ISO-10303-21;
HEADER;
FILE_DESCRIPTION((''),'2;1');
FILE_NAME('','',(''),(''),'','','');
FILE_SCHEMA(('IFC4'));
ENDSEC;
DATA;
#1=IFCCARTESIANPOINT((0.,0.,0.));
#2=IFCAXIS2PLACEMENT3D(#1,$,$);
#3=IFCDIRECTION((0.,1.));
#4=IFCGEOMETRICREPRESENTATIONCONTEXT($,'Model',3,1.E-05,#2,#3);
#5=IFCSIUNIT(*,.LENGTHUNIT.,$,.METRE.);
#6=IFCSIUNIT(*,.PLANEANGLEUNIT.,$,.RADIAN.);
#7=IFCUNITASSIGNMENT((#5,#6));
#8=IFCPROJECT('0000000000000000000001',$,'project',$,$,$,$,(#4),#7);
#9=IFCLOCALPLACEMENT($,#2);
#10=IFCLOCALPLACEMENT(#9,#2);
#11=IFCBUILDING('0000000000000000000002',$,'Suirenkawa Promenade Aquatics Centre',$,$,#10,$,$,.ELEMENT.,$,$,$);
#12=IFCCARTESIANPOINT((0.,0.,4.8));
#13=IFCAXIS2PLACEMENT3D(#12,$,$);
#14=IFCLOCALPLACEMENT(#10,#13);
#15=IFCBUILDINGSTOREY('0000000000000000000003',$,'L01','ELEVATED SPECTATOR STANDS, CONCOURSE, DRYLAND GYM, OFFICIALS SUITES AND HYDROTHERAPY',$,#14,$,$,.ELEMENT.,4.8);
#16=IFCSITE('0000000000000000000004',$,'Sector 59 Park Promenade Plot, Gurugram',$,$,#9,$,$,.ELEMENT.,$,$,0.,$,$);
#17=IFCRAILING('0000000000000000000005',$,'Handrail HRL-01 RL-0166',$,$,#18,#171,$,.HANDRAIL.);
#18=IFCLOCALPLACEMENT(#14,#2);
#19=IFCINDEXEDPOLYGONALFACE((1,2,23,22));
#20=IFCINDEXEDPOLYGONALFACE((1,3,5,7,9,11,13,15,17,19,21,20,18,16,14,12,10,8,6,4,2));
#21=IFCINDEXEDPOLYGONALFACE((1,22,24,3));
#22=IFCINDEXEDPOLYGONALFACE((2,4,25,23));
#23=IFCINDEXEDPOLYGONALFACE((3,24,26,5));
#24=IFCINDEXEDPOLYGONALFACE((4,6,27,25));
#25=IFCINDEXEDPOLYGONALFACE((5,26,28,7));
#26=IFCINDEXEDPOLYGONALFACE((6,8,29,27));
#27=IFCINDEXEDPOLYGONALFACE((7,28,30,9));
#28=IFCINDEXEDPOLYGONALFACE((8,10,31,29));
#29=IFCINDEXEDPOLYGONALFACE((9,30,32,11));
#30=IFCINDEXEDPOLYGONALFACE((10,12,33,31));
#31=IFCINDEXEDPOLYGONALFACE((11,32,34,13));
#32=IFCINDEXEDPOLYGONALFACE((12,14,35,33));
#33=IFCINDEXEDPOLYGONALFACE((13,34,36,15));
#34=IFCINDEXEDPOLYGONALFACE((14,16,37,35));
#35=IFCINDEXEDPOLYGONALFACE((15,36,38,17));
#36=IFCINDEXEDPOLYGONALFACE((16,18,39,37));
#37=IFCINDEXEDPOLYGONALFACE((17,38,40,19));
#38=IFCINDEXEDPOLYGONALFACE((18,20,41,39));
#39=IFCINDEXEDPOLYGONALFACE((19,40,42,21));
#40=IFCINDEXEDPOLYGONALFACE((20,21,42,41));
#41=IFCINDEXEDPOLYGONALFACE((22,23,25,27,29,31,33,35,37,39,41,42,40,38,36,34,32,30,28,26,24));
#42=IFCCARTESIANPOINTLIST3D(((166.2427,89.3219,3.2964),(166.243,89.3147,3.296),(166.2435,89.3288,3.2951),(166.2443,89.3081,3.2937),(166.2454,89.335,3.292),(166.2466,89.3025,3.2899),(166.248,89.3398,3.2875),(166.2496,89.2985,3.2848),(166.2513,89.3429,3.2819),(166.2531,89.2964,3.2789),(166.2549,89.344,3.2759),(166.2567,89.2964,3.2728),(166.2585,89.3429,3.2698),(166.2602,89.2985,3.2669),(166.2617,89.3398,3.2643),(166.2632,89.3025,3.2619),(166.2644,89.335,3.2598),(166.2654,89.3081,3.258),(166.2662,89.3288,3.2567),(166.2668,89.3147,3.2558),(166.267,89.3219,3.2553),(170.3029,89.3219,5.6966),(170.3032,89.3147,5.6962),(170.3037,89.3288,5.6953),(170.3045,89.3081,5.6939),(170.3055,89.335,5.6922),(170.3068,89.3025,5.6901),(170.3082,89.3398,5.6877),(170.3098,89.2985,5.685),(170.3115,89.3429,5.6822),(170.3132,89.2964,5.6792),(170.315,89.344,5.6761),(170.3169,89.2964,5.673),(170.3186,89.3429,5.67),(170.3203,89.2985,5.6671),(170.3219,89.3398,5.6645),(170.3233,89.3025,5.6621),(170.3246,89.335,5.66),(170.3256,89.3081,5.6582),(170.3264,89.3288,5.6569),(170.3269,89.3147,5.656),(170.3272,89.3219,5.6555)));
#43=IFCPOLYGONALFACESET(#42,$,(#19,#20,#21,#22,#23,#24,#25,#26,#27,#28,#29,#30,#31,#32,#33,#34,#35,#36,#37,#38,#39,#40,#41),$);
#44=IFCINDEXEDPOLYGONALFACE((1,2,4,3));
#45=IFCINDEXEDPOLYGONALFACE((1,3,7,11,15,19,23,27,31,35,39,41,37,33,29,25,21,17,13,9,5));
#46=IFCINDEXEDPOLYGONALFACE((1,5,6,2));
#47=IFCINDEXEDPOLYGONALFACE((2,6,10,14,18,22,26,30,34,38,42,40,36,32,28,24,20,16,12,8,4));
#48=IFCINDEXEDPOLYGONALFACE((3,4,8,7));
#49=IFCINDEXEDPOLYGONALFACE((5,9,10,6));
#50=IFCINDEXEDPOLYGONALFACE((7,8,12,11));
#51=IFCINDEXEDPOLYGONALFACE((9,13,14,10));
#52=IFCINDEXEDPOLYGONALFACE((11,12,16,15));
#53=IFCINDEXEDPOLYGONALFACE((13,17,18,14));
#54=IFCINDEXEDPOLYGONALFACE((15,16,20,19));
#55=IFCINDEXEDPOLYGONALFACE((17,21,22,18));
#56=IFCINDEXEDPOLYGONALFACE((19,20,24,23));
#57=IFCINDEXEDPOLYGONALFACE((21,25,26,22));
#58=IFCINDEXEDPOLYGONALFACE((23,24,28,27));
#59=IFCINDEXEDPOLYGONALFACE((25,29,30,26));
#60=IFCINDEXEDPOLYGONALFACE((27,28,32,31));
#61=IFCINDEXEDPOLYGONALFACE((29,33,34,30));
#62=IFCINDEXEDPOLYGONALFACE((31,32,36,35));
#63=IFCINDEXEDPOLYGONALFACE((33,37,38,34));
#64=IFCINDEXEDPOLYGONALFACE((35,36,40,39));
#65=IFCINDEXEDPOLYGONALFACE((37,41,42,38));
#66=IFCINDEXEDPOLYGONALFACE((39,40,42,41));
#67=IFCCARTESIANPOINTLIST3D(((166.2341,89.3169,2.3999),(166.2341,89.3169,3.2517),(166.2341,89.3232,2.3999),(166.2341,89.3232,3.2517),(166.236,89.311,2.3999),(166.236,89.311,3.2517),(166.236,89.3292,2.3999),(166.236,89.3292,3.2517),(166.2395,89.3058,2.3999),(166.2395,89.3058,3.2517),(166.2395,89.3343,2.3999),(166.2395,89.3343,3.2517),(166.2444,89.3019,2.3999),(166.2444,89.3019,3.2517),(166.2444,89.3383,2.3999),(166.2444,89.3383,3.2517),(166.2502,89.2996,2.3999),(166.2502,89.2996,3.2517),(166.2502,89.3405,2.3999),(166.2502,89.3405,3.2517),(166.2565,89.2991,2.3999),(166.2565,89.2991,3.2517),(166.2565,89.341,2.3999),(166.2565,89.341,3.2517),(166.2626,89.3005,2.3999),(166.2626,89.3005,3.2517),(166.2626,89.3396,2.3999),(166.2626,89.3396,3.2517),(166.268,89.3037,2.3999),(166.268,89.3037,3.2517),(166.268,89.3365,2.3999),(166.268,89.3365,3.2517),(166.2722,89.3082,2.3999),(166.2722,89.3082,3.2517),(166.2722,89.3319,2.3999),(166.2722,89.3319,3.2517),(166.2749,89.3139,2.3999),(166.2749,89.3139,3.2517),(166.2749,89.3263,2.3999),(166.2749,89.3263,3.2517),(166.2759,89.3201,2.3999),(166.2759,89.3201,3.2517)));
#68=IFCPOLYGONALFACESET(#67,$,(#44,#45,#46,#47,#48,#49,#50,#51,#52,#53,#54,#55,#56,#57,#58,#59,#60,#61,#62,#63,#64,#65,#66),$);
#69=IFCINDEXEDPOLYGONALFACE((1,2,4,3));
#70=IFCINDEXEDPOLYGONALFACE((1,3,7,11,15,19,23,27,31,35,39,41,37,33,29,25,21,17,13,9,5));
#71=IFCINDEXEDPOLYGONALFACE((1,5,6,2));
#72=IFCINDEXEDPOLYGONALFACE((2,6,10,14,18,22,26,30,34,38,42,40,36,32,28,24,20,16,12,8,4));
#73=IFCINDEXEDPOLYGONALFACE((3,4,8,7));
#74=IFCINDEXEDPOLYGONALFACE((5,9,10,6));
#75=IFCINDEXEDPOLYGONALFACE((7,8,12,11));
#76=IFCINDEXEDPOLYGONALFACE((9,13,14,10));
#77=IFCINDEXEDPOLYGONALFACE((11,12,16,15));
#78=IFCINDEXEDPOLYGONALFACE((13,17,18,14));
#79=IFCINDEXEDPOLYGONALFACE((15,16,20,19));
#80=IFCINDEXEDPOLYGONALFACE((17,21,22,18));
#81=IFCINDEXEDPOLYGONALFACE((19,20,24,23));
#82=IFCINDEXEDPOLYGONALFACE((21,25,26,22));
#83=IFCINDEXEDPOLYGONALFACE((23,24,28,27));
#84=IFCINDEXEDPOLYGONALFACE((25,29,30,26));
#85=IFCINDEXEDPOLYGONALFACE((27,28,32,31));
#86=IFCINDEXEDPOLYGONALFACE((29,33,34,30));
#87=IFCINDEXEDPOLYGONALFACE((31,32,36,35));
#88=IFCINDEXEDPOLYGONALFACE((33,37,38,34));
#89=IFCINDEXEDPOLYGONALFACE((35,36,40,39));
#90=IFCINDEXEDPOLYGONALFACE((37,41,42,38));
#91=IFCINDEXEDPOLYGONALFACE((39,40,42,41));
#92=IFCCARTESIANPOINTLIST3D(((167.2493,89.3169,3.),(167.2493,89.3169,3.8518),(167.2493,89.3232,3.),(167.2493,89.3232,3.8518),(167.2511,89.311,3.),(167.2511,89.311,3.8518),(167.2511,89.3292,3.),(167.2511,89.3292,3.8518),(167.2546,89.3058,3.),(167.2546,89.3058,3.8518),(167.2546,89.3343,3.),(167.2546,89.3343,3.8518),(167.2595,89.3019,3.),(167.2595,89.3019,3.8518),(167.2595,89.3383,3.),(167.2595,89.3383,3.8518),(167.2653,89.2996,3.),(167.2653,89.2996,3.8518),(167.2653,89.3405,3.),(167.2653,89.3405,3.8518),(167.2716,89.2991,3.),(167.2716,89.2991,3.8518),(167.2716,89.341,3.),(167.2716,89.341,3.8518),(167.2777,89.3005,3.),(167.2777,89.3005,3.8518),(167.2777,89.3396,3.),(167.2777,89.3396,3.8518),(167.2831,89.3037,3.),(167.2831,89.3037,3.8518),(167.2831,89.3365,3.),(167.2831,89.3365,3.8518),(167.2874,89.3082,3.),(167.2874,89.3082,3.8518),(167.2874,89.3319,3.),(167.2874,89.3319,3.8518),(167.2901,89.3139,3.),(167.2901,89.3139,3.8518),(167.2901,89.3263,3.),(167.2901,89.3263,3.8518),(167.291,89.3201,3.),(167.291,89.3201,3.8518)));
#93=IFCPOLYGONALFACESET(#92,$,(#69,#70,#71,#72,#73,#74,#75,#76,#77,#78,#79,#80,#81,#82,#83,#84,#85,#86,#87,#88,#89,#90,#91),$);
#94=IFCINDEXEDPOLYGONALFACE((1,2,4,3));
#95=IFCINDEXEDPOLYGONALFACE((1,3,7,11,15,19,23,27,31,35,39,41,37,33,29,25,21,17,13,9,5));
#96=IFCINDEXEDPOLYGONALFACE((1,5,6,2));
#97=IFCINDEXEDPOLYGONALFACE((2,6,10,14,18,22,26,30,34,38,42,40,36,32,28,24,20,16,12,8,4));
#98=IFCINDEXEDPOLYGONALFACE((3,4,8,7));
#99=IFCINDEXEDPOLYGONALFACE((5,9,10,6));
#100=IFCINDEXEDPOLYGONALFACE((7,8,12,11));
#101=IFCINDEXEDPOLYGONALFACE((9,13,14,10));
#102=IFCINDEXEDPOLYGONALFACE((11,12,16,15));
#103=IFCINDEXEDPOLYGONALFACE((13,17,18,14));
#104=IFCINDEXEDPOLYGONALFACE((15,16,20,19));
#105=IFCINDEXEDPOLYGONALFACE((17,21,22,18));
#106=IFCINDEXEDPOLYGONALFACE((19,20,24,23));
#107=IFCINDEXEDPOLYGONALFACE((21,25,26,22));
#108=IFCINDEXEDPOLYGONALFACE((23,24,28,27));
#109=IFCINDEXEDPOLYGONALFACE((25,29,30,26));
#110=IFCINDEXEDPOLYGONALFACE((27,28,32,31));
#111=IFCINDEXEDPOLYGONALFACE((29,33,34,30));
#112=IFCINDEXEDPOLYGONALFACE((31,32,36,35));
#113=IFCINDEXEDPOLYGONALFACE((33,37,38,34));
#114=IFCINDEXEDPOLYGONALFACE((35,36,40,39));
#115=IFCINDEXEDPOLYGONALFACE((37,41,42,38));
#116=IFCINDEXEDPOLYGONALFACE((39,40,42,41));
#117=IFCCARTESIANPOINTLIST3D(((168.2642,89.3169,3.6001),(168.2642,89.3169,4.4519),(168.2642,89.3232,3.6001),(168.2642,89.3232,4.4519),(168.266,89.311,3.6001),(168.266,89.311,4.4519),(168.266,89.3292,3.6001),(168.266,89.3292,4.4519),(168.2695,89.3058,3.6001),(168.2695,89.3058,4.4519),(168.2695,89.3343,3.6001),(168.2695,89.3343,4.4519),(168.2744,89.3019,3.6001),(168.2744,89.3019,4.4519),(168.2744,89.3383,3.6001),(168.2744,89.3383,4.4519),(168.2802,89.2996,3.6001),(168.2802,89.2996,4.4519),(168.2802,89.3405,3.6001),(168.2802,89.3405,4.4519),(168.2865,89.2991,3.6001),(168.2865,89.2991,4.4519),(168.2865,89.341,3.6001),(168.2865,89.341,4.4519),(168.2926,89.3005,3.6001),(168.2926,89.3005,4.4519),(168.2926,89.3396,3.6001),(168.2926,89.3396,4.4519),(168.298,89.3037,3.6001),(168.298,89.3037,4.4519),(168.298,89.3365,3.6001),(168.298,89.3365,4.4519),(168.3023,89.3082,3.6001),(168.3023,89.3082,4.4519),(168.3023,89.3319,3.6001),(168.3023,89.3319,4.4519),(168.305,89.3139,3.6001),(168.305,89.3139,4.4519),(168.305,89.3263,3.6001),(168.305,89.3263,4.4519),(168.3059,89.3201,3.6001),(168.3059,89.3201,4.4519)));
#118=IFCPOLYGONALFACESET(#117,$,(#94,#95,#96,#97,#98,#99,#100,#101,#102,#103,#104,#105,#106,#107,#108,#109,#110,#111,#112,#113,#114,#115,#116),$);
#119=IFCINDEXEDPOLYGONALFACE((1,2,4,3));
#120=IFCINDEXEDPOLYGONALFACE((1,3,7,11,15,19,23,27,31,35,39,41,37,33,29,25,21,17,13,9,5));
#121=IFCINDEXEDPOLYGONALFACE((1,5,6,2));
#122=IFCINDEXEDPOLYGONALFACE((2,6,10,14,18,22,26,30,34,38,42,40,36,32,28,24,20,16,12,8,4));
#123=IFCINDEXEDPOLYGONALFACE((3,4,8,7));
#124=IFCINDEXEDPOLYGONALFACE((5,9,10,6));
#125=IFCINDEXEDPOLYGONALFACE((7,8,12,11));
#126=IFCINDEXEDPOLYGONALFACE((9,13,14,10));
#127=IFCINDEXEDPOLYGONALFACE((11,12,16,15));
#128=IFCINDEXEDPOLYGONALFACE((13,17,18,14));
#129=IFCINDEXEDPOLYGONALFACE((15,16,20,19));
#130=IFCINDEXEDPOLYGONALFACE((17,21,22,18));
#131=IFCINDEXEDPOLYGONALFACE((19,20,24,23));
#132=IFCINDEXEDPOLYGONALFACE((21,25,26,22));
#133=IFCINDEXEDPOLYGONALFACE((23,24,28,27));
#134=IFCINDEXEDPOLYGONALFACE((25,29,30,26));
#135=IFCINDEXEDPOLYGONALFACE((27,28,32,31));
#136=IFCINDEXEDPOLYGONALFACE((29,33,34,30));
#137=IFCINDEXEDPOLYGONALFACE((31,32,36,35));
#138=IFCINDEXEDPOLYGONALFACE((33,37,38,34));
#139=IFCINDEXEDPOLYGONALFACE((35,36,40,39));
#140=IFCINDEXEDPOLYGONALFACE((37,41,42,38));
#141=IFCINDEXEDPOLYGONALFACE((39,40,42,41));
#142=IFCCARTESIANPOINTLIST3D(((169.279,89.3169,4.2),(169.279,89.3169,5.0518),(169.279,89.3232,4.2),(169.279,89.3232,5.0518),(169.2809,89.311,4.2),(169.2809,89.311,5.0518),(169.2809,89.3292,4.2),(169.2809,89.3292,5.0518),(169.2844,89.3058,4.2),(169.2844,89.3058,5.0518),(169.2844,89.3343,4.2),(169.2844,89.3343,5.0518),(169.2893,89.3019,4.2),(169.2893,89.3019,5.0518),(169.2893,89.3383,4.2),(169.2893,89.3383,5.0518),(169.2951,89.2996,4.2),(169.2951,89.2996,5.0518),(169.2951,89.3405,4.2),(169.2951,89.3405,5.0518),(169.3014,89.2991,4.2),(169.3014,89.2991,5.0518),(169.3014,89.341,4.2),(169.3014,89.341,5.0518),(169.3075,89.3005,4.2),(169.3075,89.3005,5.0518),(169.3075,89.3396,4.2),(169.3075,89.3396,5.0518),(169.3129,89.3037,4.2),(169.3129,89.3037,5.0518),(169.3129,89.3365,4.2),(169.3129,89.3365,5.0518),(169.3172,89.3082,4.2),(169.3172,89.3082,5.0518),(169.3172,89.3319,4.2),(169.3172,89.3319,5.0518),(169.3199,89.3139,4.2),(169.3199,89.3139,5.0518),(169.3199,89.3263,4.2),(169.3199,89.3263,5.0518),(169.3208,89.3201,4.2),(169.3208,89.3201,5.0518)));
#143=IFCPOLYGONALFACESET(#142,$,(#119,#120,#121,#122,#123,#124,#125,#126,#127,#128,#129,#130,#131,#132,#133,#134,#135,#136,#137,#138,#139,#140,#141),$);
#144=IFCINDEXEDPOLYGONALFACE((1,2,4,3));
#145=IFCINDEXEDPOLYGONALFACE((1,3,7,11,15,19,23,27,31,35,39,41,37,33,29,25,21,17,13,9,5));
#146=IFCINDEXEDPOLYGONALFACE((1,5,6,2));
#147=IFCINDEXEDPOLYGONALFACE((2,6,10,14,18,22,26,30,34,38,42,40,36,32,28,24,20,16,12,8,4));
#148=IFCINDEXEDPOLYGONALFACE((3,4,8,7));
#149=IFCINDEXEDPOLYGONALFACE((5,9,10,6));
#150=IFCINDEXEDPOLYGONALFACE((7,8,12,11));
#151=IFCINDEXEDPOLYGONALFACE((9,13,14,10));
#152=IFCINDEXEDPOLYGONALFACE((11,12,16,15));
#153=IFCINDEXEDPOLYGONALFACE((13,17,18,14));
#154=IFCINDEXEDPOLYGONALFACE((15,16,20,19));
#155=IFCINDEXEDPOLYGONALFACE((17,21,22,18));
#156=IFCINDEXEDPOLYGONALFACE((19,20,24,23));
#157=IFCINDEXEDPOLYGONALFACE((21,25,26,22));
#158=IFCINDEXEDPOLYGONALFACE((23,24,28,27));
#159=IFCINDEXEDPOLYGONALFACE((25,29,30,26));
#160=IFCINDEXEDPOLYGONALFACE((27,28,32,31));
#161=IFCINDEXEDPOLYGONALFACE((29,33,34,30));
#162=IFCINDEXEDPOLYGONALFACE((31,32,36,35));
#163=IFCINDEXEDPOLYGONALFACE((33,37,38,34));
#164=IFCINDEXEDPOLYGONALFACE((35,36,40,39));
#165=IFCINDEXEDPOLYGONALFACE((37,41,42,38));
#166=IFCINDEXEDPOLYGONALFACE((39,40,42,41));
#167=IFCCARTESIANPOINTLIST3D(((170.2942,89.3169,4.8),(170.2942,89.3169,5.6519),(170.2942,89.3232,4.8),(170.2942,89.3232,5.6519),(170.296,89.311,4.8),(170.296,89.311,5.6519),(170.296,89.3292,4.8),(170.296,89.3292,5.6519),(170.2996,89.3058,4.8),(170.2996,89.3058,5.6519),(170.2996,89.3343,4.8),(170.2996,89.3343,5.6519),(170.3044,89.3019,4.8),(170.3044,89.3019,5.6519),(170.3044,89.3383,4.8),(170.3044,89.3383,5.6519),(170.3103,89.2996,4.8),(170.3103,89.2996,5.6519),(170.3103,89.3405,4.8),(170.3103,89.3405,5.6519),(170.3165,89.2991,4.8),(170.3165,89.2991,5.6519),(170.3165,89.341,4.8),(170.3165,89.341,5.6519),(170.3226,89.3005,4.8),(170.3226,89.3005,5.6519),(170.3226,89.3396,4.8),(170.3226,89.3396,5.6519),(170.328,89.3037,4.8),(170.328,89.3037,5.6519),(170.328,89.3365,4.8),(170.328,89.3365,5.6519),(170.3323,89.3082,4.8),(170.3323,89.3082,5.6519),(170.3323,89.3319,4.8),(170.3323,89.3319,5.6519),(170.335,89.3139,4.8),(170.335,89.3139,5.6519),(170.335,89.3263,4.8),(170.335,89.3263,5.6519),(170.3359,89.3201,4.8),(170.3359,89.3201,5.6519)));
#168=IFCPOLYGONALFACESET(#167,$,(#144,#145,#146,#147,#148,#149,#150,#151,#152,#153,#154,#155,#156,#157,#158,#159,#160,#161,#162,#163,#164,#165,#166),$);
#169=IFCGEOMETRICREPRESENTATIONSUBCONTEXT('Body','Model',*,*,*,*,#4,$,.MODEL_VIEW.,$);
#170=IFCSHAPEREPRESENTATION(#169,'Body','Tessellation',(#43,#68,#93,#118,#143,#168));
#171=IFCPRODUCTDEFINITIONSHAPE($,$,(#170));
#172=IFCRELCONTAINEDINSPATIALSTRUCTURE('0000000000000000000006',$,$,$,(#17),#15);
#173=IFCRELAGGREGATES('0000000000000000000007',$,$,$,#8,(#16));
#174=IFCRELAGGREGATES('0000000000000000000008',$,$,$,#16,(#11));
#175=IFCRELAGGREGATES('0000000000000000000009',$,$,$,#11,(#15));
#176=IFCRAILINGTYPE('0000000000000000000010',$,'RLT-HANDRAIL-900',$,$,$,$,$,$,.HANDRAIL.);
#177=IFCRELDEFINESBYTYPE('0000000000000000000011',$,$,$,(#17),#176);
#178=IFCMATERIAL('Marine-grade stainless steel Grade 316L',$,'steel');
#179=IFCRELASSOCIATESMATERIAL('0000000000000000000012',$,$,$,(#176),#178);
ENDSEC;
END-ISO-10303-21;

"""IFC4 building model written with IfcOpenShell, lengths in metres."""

from ifc_helpers import new_model, si_unit, direction, frame, origin, origin_2d, place, context, subcontext, project, spatial, circle, extrude, material, type_object, element, save


model = new_model("IFC4")

# Units and contexts
model_context = context("Model", 3, precision=1e-05, world=origin(), true_north=direction((0.0, 1.0)))
body_context = subcontext(model_context, "Body", "Model", "MODEL_VIEW")
ifc_project = project(units=[si_unit("LENGTHUNIT", "METRE"), si_unit("PLANEANGLEUNIT", "RADIAN")], contexts=[model_context])

# Site, building, storey
site_placement = place(None, origin())
site = spatial("IfcSite", under=ifc_project, at=site_placement, Name="Sector 59 Park Promenade Plot, Gurugram", CompositionType="ELEMENT", RefElevation=0.0)
building_placement = place(site_placement, origin())
building = spatial("IfcBuilding", under=site, at=building_placement, Name="Suirenkawa Promenade Aquatics Centre", CompositionType="ELEMENT")
storey_placement = place(building_placement, frame((0.0, 0.0, 4.8)))
storey = spatial("IfcBuildingStorey", under=building, at=storey_placement, Name="L01", Description="ELEVATED SPECTATOR STANDS, CONCOURSE, DRYLAND GYM, OFFICIALS SUITES AND HYDROTHERAPY", CompositionType="ELEMENT", Elevation=4.8)

# Railing
ifc_material_1 = material(Name="Marine-grade stainless steel Grade 316L", Category="steel")
railing_type_1 = type_object("IfcRailingType", Name="RLT-HANDRAIL-900", PredefinedType="HANDRAIL", material=ifc_material_1)
for number, where, name in (
    (1, (166.2549, 89.3201, 2.3999), "Handrail HRL-01 RL-0166"),
):
    element("IfcRailing", number, at=place(storey_placement, frame(where)), inside=storey, type_object=railing_type_1, Name=name, PredefinedType="HANDRAIL", context=body_context, shape_type="SweptSolid", body=[
        extrude(circle(Radius=0.0239, at=origin_2d()), frame((0.0, 0.0, 0.876), z_axis=(0.860832, 0.0, 0.50889), x_axis=(0.0, 1.0, 0.0)), (0.0, 0.0, 1.0), 4.7166),
        extrude(circle(Radius=0.021, at=origin_2d()), origin(), (0.0, 0.0, 1.0), 0.8518),
        extrude(circle(Radius=0.021, at=origin_2d()), frame((1.0151, 0.0, 0.6001)), (0.0, 0.0, 1.0), 0.8518),
        extrude(circle(Radius=0.021, at=origin_2d()), frame((2.03, 0.0, 1.2002)), (0.0, 0.0, 1.0), 0.8518),
        extrude(circle(Radius=0.021, at=origin_2d()), frame((3.0449, 0.0, 1.8)), (0.0, 0.0, 1.0), 0.8518),
        extrude(circle(Radius=0.021, at=origin_2d()), frame((4.0601, 0.0, 2.4001)), (0.0, 0.0, 1.0), 0.8518),
    ])

save(model, "model.ifc")
